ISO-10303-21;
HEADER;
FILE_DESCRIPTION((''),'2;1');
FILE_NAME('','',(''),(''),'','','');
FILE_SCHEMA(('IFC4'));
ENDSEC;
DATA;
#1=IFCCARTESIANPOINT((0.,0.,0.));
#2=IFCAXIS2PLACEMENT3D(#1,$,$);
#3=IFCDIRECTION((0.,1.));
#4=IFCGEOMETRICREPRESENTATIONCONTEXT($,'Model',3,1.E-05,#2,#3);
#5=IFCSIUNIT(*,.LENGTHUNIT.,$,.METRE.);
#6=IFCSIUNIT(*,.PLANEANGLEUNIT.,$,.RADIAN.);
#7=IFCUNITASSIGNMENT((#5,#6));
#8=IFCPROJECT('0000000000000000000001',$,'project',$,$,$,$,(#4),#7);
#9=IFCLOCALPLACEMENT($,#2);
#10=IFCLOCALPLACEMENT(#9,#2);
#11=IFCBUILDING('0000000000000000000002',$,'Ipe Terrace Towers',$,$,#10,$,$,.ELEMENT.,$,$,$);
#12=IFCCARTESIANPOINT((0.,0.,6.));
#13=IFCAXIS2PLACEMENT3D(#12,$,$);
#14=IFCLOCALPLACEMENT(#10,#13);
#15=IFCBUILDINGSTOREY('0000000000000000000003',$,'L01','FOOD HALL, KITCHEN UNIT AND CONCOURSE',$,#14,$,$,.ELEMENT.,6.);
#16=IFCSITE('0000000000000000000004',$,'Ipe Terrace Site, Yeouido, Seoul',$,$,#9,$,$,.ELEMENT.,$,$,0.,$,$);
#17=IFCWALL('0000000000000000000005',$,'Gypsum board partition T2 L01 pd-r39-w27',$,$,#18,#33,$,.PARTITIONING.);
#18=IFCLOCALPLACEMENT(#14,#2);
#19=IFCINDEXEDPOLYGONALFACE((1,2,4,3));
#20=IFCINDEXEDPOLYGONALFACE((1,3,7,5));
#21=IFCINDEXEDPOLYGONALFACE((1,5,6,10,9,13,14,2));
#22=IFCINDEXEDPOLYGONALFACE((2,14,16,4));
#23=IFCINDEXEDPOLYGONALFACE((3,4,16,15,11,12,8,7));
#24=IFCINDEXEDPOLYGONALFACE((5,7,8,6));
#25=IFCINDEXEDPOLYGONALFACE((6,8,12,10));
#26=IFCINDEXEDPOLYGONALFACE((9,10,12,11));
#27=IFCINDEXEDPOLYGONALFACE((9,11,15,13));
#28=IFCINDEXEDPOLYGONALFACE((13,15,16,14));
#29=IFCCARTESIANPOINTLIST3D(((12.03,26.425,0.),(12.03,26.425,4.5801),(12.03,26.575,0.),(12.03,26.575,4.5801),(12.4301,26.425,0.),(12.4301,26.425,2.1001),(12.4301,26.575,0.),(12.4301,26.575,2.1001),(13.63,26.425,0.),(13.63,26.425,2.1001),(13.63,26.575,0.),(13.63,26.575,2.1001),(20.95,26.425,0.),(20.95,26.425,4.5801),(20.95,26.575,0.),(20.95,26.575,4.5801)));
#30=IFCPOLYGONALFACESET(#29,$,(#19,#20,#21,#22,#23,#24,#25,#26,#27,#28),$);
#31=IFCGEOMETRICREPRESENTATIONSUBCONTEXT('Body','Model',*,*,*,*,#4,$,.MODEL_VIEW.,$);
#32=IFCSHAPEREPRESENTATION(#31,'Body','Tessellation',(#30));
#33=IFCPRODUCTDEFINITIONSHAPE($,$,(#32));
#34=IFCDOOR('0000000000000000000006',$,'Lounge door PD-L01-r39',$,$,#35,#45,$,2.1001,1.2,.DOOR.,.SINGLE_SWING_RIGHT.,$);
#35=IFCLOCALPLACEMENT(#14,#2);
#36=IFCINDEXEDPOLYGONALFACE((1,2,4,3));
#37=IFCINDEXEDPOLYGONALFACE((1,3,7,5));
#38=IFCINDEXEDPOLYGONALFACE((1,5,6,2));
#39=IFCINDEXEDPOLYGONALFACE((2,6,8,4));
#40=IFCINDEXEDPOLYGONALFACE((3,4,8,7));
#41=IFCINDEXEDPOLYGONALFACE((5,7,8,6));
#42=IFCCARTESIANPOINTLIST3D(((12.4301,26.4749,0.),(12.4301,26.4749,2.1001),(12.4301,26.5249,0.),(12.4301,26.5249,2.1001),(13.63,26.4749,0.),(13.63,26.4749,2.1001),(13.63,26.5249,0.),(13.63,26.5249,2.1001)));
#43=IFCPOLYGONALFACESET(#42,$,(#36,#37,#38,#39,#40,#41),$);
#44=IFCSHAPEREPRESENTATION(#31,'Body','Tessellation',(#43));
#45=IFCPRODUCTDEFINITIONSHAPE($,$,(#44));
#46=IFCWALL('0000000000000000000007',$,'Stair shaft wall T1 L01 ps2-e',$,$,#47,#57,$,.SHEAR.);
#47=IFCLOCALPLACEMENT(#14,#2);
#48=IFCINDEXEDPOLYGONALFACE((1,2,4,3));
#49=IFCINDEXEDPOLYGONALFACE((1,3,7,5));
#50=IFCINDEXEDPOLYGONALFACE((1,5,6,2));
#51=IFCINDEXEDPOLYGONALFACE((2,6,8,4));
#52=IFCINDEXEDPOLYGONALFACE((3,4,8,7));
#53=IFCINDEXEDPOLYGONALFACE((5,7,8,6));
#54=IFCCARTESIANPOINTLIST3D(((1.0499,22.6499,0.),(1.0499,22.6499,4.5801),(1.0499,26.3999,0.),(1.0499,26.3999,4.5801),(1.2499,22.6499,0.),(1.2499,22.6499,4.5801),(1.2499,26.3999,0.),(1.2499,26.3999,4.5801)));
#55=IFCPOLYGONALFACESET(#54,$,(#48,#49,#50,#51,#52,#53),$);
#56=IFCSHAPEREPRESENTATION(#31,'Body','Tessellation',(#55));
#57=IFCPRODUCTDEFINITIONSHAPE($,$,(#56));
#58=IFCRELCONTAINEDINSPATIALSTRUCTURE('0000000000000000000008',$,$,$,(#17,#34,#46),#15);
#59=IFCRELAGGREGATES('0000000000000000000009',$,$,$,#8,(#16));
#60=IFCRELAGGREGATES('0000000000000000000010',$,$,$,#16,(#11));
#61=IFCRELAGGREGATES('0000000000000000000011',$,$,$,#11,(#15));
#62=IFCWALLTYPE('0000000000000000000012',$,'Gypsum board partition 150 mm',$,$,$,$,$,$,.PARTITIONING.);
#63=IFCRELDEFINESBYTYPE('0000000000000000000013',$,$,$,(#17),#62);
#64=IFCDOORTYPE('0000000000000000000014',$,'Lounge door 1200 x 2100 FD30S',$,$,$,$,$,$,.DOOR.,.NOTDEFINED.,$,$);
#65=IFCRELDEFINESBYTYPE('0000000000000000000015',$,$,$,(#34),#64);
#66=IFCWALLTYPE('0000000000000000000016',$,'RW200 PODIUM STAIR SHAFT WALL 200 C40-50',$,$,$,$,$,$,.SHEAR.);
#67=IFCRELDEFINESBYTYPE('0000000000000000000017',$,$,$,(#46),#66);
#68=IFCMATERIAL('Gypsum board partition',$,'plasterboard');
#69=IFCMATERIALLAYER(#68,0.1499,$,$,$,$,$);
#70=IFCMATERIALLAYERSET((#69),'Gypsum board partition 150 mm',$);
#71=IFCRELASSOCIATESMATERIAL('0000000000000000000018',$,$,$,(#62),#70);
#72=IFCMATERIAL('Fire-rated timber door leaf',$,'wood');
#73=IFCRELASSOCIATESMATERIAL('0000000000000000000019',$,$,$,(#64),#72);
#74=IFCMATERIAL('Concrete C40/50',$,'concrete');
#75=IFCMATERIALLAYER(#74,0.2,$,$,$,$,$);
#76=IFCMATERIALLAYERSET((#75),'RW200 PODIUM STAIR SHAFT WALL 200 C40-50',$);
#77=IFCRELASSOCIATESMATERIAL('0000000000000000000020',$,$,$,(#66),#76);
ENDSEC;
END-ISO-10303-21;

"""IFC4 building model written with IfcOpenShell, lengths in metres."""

from ifc_helpers import new_model, si_unit, direction, frame, frame_2d, origin, place, context, subcontext, project, spatial, rectangle, extrude, material, layer, layer_set, type_object, element, fill, save


model = new_model("IFC4")

# Units and contexts
model_context = context("Model", 3, precision=1e-05, world=origin(), true_north=direction((0.0, 1.0)))
body_context = subcontext(model_context, "Body", "Model", "MODEL_VIEW")
ifc_project = project(units=[si_unit("LENGTHUNIT", "METRE"), si_unit("PLANEANGLEUNIT", "RADIAN")], contexts=[model_context])

# Site, building, storey
site_placement = place(None, origin())
site = spatial("IfcSite", under=ifc_project, at=site_placement, Name="Ipe Terrace Site, Yeouido, Seoul", CompositionType="ELEMENT", RefElevation=0.0)
building_placement = place(site_placement, origin())
building = spatial("IfcBuilding", under=site, at=building_placement, Name="Ipe Terrace Towers", CompositionType="ELEMENT")
storey_placement = place(building_placement, frame((0.0, 0.0, 6.0)))
storey = spatial("IfcBuildingStorey", under=building, at=storey_placement, Name="L01", Description="FOOD HALL, KITCHEN UNIT AND CONCOURSE", CompositionType="ELEMENT", Elevation=6.0)

# Shared definitions
ifc_material_1 = material(Name="Gypsum board partition", Category="plasterboard")
ifc_layer_1 = layer(ifc_material_1, 0.1499)
ifc_layer_set_1 = layer_set([ifc_layer_1], Name="Gypsum board partition 150 mm")
wall_type_1 = type_object("IfcWallType", Name="Gypsum board partition 150 mm", PredefinedType="PARTITIONING", material=ifc_layer_set_1)

# Shared definitions
ifc_material_2 = material(Name="Fire-rated timber door leaf", Category="wood")
door_type_1 = type_object("IfcDoorType", Name="Lounge door 1200 x 2100 FD30S", OperationType="NOTDEFINED", PredefinedType="DOOR", material=ifc_material_2)

# Wall, opening, door
wall_1_placement = place(storey_placement, frame((12.03, 26.5, 0.0), z_axis=(0.0, 0.0, 1.0), x_axis=(1.0, 0.0, 0.0)))
wall_1 = element("IfcWall", 1, at=wall_1_placement, inside=storey, type_object=wall_type_1, Name="Gypsum board partition T2 L01 pd-r39-w27", PredefinedType="PARTITIONING", context=body_context, shape_type="SweptSolid", body=[
    extrude(rectangle(XDim=8.9199, YDim=0.1499, at=frame_2d((4.46, 0.0))), origin(), (0.0, 0.0, 1.0), 4.5801),
])
opening_1_placement = place(wall_1_placement, frame((0.3999, 0.0, 0.0)))
opening_1 = element("IfcOpeningElement", 2, at=opening_1_placement, cuts=wall_1, PredefinedType="OPENING", context=body_context, shape_type="SweptSolid", body=[
    extrude(rectangle(XDim=1.2, YDim=2.1001, at=frame_2d((0.6001, 1.05))), frame((0.0, 0.085, 0.0), z_axis=(0.0, -1.0, 0.0), x_axis=(1.0, 0.0, 0.0)), (0.0, 0.0, 1.0), 0.1699),
])
door_1_placement = place(opening_1_placement, origin())
door_1 = element("IfcDoor", 3, at=door_1_placement, inside=storey, type_object=door_type_1, Name="Lounge door PD-L01-r39", OperationType="SINGLE_SWING_RIGHT", OverallHeight=2.1001, OverallWidth=1.2, PredefinedType="DOOR", context=body_context, shape_type="SweptSolid", body=[
    extrude(rectangle(XDim=1.2, YDim=2.1001, at=frame_2d((0.6001, 1.05))), frame((0.0, 0.0249, 0.0), z_axis=(0.0, -1.0, 0.0), x_axis=(1.0, 0.0, 0.0)), (0.0, 0.0, 1.0), 0.05),
])
fill(opening_1, door_1)

# Wall
ifc_material_3 = material(Name="Concrete C40/50", Category="concrete")
ifc_layer_2 = layer(ifc_material_3, 0.2)
ifc_layer_set_2 = layer_set([ifc_layer_2], Name="RW200 PODIUM STAIR SHAFT WALL 200 C40-50")
wall_type_2 = type_object("IfcWallType", Name="RW200 PODIUM STAIR SHAFT WALL 200 C40-50", PredefinedType="SHEAR", material=ifc_layer_set_2)
wall_2_placement = place(storey_placement, frame((1.1499, 22.6499, 0.0), z_axis=(0.0, 0.0, 1.0), x_axis=(0.0, 1.0, 0.0)))
element("IfcWall", 4, at=wall_2_placement, inside=storey, type_object=wall_type_2, Name="Stair shaft wall T1 L01 ps2-e", PredefinedType="SHEAR", context=body_context, shape_type="SweptSolid", body=[
    extrude(rectangle(XDim=3.75, YDim=0.2, at=frame_2d((1.875, 0.0))), origin(), (0.0, 0.0, 1.0), 4.5801),
])

save(model, "model.ifc")
